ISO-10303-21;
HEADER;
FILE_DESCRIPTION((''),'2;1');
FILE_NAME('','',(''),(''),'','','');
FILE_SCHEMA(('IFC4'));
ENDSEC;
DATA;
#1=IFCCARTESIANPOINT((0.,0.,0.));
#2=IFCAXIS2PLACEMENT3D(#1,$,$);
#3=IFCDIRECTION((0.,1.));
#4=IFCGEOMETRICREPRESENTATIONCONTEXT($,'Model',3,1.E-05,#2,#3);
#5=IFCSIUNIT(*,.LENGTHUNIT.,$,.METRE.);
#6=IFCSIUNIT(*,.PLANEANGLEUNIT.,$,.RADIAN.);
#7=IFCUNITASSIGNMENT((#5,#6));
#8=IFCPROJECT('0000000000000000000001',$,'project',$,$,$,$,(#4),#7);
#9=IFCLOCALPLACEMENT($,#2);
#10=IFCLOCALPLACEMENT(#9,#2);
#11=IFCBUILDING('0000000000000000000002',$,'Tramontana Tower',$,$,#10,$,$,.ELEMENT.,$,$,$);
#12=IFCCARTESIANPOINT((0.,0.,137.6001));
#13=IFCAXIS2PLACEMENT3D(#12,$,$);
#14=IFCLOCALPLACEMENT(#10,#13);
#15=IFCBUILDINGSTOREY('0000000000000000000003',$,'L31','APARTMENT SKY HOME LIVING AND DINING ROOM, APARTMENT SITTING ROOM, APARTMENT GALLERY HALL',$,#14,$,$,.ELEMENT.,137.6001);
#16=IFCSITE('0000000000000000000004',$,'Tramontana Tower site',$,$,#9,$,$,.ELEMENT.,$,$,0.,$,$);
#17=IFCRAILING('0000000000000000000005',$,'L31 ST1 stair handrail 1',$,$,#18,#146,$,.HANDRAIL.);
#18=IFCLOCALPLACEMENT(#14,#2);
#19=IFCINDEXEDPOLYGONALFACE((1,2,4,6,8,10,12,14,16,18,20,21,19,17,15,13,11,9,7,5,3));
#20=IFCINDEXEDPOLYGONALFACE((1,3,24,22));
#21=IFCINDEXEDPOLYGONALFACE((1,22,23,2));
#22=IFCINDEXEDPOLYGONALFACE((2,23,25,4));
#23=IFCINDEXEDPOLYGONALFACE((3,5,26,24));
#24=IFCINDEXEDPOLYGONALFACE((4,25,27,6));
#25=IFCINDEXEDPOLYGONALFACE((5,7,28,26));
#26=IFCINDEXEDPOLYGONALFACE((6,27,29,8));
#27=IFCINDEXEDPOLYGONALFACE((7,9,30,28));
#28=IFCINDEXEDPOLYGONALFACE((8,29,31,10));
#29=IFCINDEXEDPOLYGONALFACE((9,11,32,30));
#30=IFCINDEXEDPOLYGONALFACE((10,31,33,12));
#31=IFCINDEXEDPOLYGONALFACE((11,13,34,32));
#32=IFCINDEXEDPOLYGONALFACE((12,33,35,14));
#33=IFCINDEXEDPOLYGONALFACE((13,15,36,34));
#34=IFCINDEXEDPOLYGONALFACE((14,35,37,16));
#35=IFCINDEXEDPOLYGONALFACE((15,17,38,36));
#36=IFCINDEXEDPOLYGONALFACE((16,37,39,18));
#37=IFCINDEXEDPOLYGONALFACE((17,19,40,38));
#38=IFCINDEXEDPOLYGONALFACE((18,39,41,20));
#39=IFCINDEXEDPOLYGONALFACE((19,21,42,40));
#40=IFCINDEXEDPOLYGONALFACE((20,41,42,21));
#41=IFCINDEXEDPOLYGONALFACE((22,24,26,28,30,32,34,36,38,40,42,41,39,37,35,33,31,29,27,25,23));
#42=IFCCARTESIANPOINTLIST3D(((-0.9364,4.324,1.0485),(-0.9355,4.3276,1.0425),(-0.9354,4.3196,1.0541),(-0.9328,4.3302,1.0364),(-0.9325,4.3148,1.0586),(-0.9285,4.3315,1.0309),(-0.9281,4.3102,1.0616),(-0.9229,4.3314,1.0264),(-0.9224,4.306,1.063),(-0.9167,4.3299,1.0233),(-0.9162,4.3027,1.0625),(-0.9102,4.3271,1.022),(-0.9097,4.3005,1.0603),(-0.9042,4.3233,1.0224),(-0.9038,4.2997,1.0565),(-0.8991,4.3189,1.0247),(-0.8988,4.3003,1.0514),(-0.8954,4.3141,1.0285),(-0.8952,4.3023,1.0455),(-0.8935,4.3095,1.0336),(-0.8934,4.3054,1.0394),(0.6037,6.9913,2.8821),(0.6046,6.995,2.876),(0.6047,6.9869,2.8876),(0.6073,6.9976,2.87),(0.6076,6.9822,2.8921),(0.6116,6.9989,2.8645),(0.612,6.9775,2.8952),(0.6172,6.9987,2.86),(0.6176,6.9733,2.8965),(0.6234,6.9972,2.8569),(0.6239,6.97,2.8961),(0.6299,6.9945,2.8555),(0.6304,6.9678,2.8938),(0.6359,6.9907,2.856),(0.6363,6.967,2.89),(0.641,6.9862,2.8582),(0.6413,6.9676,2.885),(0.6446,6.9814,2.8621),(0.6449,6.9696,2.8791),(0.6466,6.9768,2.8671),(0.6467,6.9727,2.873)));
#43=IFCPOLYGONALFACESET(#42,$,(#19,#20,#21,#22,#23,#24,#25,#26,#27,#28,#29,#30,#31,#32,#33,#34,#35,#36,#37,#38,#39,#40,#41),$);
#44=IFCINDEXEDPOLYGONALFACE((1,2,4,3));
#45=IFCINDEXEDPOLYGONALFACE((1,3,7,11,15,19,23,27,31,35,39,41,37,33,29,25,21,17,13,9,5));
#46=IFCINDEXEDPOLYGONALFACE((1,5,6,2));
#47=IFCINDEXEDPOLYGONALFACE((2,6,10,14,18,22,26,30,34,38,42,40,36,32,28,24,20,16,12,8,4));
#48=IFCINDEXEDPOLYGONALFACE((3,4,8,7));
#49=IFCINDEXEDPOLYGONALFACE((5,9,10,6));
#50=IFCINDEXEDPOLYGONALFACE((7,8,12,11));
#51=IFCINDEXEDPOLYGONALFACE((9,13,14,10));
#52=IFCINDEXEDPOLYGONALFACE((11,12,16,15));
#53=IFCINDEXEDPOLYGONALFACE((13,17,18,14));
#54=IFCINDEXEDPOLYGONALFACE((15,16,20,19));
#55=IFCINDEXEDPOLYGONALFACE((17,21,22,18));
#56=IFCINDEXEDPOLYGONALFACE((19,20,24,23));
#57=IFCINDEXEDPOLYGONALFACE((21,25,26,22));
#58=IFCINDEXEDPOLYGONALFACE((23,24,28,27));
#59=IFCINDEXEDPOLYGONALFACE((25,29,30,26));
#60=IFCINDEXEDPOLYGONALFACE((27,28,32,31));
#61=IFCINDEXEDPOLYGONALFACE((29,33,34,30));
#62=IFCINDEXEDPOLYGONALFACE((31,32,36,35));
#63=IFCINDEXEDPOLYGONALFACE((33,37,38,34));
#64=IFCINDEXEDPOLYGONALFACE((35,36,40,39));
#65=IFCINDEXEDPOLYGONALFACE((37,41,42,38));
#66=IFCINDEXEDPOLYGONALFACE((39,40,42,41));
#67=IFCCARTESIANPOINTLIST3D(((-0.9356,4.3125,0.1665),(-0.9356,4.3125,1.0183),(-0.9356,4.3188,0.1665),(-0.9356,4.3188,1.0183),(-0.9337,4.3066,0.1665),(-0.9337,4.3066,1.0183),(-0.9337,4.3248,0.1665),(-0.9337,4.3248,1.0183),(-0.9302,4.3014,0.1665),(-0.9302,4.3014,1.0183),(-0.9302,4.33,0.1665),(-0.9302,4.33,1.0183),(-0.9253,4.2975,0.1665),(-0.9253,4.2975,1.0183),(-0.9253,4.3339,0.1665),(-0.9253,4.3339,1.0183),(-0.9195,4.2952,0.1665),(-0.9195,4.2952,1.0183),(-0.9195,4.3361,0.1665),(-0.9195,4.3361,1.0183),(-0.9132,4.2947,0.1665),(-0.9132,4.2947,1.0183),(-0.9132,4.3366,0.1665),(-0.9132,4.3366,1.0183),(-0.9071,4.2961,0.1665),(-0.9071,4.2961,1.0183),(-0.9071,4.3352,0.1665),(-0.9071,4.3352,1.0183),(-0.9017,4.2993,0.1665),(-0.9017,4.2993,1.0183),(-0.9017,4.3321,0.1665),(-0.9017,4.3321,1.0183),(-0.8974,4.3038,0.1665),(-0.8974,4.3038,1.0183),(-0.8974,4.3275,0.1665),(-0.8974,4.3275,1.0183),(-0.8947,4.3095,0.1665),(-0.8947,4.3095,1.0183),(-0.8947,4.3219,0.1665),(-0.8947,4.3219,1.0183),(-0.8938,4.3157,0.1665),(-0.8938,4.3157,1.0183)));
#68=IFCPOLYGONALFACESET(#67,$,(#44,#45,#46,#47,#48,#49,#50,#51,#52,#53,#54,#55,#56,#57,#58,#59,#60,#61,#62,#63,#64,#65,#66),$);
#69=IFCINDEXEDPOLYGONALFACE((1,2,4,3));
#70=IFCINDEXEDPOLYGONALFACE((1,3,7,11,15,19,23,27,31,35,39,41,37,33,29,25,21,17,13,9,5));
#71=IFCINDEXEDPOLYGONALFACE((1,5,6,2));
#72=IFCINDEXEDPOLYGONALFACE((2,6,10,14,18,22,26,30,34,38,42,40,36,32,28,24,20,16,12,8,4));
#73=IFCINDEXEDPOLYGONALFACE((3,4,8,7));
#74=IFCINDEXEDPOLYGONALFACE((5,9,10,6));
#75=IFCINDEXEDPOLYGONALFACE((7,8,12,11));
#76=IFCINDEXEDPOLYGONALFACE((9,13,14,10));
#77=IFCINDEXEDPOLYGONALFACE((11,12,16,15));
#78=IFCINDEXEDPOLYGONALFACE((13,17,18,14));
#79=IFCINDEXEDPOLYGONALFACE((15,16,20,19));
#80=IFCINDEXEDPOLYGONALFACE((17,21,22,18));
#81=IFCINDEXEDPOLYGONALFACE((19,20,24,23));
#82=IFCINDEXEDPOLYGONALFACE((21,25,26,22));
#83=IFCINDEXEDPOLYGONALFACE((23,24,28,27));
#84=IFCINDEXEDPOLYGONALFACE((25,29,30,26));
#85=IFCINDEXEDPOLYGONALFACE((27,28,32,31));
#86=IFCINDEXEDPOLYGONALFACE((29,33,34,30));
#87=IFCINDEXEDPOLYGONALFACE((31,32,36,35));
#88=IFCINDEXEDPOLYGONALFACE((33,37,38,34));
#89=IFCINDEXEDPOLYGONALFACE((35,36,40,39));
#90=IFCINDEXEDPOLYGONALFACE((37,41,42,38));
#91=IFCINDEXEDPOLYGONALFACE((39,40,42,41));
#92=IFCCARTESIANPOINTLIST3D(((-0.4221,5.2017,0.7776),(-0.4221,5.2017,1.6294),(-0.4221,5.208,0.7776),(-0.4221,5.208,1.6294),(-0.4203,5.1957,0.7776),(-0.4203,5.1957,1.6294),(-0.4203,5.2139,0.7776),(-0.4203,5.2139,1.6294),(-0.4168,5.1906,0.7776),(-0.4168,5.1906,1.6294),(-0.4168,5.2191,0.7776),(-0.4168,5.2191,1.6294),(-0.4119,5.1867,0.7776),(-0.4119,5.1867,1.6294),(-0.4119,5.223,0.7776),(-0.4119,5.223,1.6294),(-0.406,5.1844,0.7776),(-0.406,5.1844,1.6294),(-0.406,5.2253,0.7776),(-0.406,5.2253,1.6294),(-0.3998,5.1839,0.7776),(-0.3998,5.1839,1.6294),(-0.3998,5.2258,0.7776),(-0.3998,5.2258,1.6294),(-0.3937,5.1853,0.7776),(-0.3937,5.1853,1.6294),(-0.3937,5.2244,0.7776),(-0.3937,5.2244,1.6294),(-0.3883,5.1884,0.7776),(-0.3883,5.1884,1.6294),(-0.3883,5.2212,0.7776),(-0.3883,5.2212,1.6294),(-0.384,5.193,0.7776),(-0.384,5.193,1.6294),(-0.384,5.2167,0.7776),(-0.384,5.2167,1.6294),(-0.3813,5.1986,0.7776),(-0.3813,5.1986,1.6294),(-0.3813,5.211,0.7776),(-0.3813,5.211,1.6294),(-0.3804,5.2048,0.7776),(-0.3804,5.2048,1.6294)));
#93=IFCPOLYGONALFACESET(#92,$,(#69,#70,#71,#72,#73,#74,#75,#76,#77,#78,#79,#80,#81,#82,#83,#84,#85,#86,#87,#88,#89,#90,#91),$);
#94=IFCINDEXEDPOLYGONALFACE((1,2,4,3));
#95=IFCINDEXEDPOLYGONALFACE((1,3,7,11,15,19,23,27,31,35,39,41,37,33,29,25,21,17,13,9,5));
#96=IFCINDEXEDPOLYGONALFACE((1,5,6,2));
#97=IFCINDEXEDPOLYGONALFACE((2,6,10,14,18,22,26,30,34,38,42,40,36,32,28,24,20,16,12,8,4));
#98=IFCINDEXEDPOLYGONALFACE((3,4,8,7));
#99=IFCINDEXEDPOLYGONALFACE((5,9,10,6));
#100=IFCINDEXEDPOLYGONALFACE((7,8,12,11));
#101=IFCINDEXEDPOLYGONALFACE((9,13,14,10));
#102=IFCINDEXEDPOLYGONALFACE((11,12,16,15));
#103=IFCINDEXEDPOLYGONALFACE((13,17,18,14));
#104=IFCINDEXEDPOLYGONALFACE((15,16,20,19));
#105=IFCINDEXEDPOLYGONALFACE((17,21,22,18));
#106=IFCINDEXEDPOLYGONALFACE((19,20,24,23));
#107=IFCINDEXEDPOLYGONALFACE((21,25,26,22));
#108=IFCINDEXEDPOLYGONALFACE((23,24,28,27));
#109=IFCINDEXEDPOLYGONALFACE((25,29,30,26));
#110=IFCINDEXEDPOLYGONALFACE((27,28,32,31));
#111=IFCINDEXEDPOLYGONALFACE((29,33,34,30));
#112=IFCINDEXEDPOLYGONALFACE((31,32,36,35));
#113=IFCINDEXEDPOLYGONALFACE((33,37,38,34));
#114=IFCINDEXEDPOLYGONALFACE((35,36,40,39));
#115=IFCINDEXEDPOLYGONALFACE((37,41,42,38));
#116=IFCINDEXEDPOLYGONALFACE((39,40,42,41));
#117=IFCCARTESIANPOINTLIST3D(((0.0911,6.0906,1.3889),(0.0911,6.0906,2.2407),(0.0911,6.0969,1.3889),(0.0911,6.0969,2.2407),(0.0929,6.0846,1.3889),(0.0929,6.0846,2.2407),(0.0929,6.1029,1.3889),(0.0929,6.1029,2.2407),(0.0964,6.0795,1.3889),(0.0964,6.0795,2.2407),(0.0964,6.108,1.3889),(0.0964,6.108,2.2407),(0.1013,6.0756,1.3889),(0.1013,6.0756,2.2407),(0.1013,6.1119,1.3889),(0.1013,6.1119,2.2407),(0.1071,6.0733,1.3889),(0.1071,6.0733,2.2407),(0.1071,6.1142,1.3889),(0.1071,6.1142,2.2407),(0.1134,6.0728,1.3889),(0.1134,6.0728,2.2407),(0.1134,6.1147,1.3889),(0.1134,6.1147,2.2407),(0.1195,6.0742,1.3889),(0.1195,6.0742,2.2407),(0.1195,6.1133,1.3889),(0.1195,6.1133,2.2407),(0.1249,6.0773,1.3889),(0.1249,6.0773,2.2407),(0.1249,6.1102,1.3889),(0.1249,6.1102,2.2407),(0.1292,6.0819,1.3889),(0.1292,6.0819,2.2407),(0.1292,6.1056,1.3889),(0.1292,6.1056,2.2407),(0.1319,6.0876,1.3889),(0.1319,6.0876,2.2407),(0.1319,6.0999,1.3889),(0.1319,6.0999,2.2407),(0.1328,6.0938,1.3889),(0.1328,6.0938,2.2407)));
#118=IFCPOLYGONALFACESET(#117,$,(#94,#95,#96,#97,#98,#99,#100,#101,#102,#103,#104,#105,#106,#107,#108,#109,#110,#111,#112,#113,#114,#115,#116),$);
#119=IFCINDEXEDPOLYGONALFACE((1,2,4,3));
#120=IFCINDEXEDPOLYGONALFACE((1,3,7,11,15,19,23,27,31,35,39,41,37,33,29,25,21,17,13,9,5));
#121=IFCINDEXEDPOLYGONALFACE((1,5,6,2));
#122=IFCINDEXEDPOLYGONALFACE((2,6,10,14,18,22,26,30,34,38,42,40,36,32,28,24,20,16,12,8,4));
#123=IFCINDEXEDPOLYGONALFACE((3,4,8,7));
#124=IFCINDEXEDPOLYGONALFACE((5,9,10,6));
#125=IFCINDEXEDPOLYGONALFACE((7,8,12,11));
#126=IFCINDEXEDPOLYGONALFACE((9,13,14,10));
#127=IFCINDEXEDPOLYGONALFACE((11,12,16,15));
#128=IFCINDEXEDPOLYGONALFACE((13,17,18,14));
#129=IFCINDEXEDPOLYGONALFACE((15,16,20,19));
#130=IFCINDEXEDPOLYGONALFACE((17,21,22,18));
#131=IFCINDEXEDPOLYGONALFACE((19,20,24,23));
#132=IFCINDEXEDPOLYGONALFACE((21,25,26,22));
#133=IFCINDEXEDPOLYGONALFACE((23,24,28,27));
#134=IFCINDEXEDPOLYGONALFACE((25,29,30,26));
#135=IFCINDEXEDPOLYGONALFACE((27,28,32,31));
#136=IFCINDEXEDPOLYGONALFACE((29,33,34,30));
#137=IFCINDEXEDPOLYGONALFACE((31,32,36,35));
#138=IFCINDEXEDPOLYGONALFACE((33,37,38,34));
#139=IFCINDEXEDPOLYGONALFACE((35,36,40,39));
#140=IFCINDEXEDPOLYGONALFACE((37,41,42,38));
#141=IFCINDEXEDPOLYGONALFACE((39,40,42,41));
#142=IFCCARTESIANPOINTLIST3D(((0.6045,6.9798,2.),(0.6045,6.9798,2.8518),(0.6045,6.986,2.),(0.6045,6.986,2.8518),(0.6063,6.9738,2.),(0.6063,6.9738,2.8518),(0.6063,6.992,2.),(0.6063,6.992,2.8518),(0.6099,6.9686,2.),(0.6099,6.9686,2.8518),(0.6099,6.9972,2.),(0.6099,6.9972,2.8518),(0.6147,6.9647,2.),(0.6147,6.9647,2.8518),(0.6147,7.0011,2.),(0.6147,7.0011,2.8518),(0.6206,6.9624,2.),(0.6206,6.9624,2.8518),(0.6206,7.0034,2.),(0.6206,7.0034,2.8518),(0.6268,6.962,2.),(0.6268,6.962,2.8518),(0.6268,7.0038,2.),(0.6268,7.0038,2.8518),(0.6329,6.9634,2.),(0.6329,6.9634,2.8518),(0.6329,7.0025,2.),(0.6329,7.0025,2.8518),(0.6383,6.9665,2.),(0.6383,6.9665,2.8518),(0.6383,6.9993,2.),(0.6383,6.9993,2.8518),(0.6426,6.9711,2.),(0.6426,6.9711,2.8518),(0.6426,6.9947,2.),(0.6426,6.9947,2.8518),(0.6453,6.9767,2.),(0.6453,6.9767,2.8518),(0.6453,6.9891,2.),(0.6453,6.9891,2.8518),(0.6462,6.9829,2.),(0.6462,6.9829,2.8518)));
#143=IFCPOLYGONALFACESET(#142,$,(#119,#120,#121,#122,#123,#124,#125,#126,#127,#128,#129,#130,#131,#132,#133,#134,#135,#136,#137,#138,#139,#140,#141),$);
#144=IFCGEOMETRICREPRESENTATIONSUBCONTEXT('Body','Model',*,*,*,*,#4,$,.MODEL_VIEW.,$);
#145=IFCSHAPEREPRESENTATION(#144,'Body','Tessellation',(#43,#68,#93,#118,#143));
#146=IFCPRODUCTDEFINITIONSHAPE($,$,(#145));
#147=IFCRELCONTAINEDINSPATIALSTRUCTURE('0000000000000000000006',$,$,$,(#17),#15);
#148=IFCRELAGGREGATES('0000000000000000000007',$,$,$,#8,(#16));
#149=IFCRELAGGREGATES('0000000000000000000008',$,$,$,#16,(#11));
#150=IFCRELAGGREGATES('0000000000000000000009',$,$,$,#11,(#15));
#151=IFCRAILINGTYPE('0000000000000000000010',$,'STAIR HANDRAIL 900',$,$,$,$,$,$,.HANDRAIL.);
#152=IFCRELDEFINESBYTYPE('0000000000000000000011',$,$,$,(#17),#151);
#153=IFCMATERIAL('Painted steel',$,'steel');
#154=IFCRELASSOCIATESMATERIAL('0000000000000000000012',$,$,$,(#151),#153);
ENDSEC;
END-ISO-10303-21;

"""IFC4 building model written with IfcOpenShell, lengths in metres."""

from ifc_helpers import new_model, si_unit, direction, frame, origin, origin_2d, place, context, subcontext, project, spatial, circle, extrude, material, type_object, element, save


model = new_model("IFC4")

# Units and contexts
model_context = context("Model", 3, precision=1e-05, world=origin(), true_north=direction((0.0, 1.0)))
body_context = subcontext(model_context, "Body", "Model", "MODEL_VIEW")
ifc_project = project(units=[si_unit("LENGTHUNIT", "METRE"), si_unit("PLANEANGLEUNIT", "RADIAN")], contexts=[model_context])

# Site, building, storey
site_placement = place(None, origin())
site = spatial("IfcSite", under=ifc_project, at=site_placement, Name="Tramontana Tower site", CompositionType="ELEMENT", RefElevation=0.0)
building_placement = place(site_placement, origin())
building = spatial("IfcBuilding", under=site, at=building_placement, Name="Tramontana Tower", CompositionType="ELEMENT")
storey_placement = place(building_placement, frame((0.0, 0.0, 137.6001)))
storey = spatial("IfcBuildingStorey", under=building, at=storey_placement, Name="L31", Description="APARTMENT SKY HOME LIVING AND DINING ROOM, APARTMENT SITTING ROOM, APARTMENT GALLERY HALL", CompositionType="ELEMENT", Elevation=137.6001)

# Railing
ifc_material_1 = material(Name="Painted steel", Category="steel")
railing_type_1 = type_object("IfcRailingType", Name="STAIR HANDRAIL 900", PredefinedType="HANDRAIL", material=ifc_material_1)
railing_1_placement = place(storey_placement, frame((-0.9148, 4.3157, 0.1665)))
element("IfcRailing", 1, at=railing_1_placement, inside=storey, type_object=railing_type_1, Name="L31 ST1 stair handrail 1", PredefinedType="HANDRAIL", context=body_context, shape_type="SweptSolid", body=[
    extrude(circle(Radius=0.0239, at=origin_2d()), frame((0.0, 0.0, 0.876), z_axis=(0.429656, 0.744134, 0.511528), x_axis=(-0.86601, 0.500027, 0.0)), (0.0, 0.0, 1.0), 3.5845),
    extrude(circle(Radius=0.021, at=origin_2d()), origin(), (0.0, 0.0, 1.0), 0.8518),
    extrude(circle(Radius=0.021, at=origin_2d()), frame((0.5134, 0.8892, 0.6111)), (0.0, 0.0, 1.0), 0.8518),
    extrude(circle(Radius=0.021, at=origin_2d()), frame((1.0266, 1.7781, 1.2224)), (0.0, 0.0, 1.0), 0.8518),
    extrude(circle(Radius=0.021, at=origin_2d()), frame((1.54, 2.6672, 1.8335)), (0.0, 0.0, 1.0), 0.8518),
])

save(model, "model.ifc")
